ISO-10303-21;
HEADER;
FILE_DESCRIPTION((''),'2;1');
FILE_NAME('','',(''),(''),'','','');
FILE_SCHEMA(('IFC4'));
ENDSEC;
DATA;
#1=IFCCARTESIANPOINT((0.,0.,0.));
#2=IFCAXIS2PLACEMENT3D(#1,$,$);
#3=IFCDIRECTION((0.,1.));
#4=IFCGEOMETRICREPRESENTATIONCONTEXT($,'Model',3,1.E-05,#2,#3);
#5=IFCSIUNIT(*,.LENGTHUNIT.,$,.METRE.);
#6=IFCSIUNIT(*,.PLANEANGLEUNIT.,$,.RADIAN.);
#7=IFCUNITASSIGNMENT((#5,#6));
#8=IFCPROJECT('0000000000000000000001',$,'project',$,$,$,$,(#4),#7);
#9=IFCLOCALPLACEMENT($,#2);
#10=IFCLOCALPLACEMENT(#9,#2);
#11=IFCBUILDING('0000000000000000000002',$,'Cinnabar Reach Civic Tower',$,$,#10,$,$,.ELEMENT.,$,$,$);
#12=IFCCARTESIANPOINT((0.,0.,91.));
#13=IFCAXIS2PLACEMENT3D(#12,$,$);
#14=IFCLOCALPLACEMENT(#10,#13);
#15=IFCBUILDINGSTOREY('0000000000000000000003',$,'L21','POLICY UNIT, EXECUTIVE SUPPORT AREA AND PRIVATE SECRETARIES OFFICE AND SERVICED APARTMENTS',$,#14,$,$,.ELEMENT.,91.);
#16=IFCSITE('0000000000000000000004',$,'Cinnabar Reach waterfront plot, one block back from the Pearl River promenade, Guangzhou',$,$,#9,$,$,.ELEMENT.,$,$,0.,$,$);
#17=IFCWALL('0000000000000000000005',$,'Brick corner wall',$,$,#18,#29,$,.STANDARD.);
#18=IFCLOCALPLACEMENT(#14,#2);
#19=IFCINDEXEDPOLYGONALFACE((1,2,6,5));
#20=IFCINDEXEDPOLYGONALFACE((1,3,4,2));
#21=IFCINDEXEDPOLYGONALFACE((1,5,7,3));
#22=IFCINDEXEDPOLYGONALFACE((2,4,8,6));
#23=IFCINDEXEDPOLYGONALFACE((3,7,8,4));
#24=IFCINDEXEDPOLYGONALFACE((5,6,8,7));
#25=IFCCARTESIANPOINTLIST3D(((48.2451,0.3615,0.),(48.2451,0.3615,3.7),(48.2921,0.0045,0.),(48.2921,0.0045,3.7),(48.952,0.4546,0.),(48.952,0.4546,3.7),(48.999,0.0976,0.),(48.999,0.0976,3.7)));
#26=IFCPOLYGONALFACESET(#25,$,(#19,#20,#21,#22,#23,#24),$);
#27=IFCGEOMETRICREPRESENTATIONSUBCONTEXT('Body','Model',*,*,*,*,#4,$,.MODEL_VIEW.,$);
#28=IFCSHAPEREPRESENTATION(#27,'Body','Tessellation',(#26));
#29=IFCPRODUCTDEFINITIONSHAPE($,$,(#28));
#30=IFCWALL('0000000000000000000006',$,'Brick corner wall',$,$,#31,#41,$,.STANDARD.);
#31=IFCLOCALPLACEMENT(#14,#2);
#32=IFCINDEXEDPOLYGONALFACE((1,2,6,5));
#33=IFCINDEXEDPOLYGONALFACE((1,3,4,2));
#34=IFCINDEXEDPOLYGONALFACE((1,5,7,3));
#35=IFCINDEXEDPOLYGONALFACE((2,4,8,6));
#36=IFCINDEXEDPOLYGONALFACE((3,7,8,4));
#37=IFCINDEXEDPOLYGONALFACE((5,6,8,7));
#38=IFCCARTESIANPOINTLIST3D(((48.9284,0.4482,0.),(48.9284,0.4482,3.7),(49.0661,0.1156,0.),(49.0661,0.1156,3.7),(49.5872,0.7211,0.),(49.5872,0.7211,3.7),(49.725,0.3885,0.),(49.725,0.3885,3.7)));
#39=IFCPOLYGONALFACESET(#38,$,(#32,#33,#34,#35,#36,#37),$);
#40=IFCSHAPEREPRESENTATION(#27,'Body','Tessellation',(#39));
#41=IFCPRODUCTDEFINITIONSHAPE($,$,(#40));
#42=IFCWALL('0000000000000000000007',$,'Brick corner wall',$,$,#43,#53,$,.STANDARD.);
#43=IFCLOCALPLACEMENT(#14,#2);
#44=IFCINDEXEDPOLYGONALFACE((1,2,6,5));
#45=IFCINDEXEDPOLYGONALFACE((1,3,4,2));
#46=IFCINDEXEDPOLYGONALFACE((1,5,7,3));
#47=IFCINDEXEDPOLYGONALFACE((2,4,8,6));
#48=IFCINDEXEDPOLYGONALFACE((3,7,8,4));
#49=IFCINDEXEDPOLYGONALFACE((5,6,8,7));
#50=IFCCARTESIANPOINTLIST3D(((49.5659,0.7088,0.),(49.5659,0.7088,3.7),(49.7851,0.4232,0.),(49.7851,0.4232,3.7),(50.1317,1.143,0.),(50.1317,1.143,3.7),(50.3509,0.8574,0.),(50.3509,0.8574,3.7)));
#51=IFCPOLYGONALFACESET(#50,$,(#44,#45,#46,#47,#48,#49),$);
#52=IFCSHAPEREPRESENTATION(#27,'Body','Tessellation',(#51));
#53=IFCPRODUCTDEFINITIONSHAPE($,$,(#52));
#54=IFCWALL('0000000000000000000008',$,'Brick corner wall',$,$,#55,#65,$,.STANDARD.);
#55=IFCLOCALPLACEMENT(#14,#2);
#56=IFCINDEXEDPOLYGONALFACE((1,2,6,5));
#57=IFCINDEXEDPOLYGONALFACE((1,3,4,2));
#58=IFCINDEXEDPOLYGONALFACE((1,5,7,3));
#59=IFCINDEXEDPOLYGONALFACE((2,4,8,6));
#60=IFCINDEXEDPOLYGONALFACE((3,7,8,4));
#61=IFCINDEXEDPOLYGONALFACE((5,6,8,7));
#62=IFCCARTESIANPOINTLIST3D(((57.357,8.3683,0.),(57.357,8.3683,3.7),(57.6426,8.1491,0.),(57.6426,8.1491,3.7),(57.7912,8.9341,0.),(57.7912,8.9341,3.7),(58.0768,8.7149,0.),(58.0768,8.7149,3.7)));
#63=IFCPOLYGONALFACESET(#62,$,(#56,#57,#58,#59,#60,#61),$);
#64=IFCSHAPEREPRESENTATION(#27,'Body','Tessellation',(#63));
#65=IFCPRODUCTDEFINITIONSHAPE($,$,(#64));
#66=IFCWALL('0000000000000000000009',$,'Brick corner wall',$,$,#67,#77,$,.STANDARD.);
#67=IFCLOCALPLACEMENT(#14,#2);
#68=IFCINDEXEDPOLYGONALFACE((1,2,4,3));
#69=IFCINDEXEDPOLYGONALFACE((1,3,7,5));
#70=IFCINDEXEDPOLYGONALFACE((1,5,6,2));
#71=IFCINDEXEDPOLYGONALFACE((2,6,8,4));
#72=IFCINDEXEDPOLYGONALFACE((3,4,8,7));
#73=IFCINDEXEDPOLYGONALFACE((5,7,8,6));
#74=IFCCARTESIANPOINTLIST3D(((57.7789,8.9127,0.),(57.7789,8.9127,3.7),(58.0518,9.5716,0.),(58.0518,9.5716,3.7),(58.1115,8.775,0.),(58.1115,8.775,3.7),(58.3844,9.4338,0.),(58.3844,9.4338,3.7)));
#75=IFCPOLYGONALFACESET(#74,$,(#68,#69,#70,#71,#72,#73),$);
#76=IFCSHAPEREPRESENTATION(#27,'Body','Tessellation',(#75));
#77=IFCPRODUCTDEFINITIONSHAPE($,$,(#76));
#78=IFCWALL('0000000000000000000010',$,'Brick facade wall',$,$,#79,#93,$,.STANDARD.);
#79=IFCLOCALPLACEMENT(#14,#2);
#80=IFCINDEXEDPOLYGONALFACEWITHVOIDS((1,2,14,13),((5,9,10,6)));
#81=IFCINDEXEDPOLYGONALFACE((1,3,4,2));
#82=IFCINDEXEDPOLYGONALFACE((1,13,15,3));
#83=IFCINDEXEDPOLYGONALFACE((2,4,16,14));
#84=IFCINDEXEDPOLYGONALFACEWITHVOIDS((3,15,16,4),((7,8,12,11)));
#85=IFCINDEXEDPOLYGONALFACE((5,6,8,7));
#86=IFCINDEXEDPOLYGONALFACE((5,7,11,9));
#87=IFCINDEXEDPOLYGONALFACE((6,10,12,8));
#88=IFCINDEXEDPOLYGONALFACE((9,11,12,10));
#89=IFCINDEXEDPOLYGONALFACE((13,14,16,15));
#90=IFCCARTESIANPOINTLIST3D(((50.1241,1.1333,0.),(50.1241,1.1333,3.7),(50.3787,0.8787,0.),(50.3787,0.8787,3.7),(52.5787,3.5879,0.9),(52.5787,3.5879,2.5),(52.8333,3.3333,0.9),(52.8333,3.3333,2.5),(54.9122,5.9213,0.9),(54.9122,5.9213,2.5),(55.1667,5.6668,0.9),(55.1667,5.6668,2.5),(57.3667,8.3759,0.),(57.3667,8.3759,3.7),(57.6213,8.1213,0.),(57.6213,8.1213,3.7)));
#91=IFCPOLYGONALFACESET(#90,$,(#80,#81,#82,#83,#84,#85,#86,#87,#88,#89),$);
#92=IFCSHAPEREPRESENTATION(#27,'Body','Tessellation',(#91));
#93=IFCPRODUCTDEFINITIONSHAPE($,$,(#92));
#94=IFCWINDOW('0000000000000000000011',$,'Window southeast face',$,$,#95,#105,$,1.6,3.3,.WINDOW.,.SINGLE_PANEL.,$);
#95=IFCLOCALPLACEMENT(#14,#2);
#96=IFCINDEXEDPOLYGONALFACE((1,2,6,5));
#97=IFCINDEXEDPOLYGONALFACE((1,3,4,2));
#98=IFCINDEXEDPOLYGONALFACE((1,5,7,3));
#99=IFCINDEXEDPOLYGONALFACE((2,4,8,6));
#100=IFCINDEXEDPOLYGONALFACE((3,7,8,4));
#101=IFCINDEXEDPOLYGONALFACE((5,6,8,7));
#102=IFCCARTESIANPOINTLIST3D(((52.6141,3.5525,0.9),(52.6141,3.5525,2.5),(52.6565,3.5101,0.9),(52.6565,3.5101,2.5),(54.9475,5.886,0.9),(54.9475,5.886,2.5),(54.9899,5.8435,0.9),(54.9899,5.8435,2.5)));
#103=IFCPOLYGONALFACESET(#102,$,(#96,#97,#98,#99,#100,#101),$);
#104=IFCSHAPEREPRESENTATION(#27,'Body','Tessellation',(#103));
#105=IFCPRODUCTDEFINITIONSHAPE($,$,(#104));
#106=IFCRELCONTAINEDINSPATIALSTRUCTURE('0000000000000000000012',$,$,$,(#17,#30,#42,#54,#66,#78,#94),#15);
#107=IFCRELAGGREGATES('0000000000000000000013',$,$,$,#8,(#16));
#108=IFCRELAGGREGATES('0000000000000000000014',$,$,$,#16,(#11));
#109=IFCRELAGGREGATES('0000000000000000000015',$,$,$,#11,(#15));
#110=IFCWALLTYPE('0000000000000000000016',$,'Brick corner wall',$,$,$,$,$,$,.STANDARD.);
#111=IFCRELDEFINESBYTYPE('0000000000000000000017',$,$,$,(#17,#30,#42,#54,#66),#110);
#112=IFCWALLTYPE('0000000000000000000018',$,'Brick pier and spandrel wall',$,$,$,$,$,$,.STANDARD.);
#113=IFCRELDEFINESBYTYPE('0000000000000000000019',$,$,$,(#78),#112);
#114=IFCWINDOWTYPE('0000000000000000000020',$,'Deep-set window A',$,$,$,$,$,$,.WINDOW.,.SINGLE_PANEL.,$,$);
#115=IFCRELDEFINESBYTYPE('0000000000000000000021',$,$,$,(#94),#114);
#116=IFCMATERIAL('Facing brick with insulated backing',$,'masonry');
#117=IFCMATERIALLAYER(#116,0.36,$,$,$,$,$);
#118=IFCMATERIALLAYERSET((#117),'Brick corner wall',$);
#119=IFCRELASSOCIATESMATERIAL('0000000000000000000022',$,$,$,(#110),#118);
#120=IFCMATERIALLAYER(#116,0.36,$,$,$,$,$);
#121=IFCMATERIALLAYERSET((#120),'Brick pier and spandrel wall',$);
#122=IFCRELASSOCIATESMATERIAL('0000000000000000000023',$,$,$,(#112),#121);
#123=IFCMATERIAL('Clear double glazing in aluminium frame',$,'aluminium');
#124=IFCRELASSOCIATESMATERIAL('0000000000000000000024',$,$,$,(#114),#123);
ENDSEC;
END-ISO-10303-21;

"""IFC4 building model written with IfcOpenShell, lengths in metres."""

from ifc_helpers import new_model, si_unit, direction, frame, frame_2d, origin, place, context, subcontext, project, spatial, rectangle, extrude, material, layer, layer_set, type_object, element, fill, save


model = new_model("IFC4")

# Units and contexts
model_context = context("Model", 3, precision=1e-05, world=origin(), true_north=direction((0.0, 1.0)))
body_context = subcontext(model_context, "Body", "Model", "MODEL_VIEW")
ifc_project = project(units=[si_unit("LENGTHUNIT", "METRE"), si_unit("PLANEANGLEUNIT", "RADIAN")], contexts=[model_context])

# Site, building, storey
site_placement = place(None, origin())
site = spatial("IfcSite", under=ifc_project, at=site_placement, Name="Cinnabar Reach waterfront plot, one block back from the Pearl River promenade, Guangzhou", CompositionType="ELEMENT", RefElevation=0.0)
building_placement = place(site_placement, origin())
building = spatial("IfcBuilding", under=site, at=building_placement, Name="Cinnabar Reach Civic Tower", CompositionType="ELEMENT")
storey_placement = place(building_placement, frame((0.0, 0.0, 91.0)))
storey = spatial("IfcBuildingStorey", under=building, at=storey_placement, Name="L21", Description="POLICY UNIT, EXECUTIVE SUPPORT AREA AND PRIVATE SECRETARIES OFFICE AND SERVICED APARTMENTS", CompositionType="ELEMENT", Elevation=91.0)

# Walls
ifc_material_1 = material(Name="Facing brick with insulated backing", Category="masonry")
ifc_layer_1 = layer(ifc_material_1, 0.36)
ifc_layer_set_1 = layer_set([ifc_layer_1], Name="Brick corner wall")
wall_type_1 = type_object("IfcWallType", Name="Brick corner wall", PredefinedType="STANDARD", material=ifc_layer_set_1)
for number, where, z_axis, x_axis, name in (
    (1, (48.2686, 0.183, 0.0), (0.0, 0.0, 1.0), (0.991441, 0.130556, 0.0), "Brick corner wall"),
    (2, (48.9973, 0.2819, 0.0), (0.0, 0.0, 1.0), (0.923872, 0.382703, 0.0), "Brick corner wall"),
):
    element("IfcWall", number, at=place(storey_placement, frame(where, z_axis=z_axis, x_axis=x_axis)), inside=storey, type_object=wall_type_1, Name=name, PredefinedType="STANDARD", context=body_context, shape_type="SweptSolid", body=[
        extrude(rectangle(XDim=0.7131, YDim=0.36, at=frame_2d((0.3565, 0.0))), origin(), (0.0, 0.0, 1.0), 3.7),
    ])
for number, where, z_axis, x_axis, name in (
    (3, (49.6755, 0.566, 0.0), (0.0, 0.0, 1.0), (0.793322, 0.608802, 0.0), "Brick corner wall"),
    (4, (57.4998, 8.2587, 0.0), (0.0, 0.0, 1.0), (0.608802, 0.793322, 0.0), "Brick corner wall"),
):
    element("IfcWall", number, at=place(storey_placement, frame(where, z_axis=z_axis, x_axis=x_axis)), inside=storey, type_object=wall_type_1, Name=name, PredefinedType="STANDARD", context=body_context, shape_type="SweptSolid", body=[
        extrude(rectangle(XDim=0.7132, YDim=0.36, at=frame_2d((0.3566, 0.0))), origin(), (0.0, 0.0, 1.0), 3.7),
    ])
wall_1_placement = place(storey_placement, frame((57.9452, 8.8439, 0.0), z_axis=(0.0, 0.0, 1.0), x_axis=(0.382703, 0.923872, 0.0)))
element("IfcWall", 5, at=wall_1_placement, inside=storey, type_object=wall_type_1, Name="Brick corner wall", PredefinedType="STANDARD", context=body_context, shape_type="SweptSolid", body=[
    extrude(rectangle(XDim=0.7131, YDim=0.36, at=frame_2d((0.3565, 0.0))), origin(), (0.0, 0.0, 1.0), 3.7),
])

# Wall, opening, window
ifc_layer_2 = layer(ifc_material_1, 0.36)
ifc_layer_set_2 = layer_set([ifc_layer_2], Name="Brick pier and spandrel wall")
wall_type_2 = type_object("IfcWallType", Name="Brick pier and spandrel wall", PredefinedType="STANDARD", material=ifc_layer_set_2)
wall_2_placement = place(storey_placement, frame((50.2514, 1.006, 0.0), z_axis=(0.0, 0.0, 1.0), x_axis=(0.707107, 0.707107, 0.0)))
wall_2 = element("IfcWall", 6, at=wall_2_placement, inside=storey, type_object=wall_type_2, Name="Brick facade wall", PredefinedType="STANDARD", context=body_context, shape_type="SweptSolid", body=[
    extrude(rectangle(XDim=10.2426, YDim=0.36, at=frame_2d((5.1213, 0.0))), origin(), (0.0, 0.0, 1.0), 3.7),
])
opening_placement = place(wall_2_placement, frame((3.4713, 0.0, 0.9)))
opening = element("IfcOpeningElement", 7, at=opening_placement, cuts=wall_2, PredefinedType="OPENING", context=body_context, shape_type="SweptSolid", body=[
    extrude(rectangle(XDim=3.3, YDim=1.6, at=frame_2d((1.65, 0.8))), frame((0.0, 0.19, 0.0), z_axis=(0.0, -1.0, 0.0), x_axis=(1.0, 0.0, 0.0)), (0.0, 0.0, 1.0), 0.38),
])
ifc_material_2 = material(Name="Clear double glazing in aluminium frame", Category="aluminium")
window_type = type_object("IfcWindowType", Name="Deep-set window A", PartitioningType="SINGLE_PANEL", PredefinedType="WINDOW", material=ifc_material_2)
window_placement = place(opening_placement, origin())
window = element("IfcWindow", 8, at=window_placement, inside=storey, type_object=window_type, Name="Window southeast face", OverallHeight=1.6, OverallWidth=3.3, PartitioningType="SINGLE_PANEL", PredefinedType="WINDOW", context=body_context, shape_type="SweptSolid", body=[
    extrude(rectangle(XDim=3.3, YDim=1.6, at=frame_2d((1.65, 0.8))), frame((0.0, 0.13, 0.0), z_axis=(0.0, -1.0, 0.0), x_axis=(1.0, 0.0, 0.0)), (0.0, 0.0, 1.0), 0.06),
])
fill(opening, window)

save(model, "model.ifc")
